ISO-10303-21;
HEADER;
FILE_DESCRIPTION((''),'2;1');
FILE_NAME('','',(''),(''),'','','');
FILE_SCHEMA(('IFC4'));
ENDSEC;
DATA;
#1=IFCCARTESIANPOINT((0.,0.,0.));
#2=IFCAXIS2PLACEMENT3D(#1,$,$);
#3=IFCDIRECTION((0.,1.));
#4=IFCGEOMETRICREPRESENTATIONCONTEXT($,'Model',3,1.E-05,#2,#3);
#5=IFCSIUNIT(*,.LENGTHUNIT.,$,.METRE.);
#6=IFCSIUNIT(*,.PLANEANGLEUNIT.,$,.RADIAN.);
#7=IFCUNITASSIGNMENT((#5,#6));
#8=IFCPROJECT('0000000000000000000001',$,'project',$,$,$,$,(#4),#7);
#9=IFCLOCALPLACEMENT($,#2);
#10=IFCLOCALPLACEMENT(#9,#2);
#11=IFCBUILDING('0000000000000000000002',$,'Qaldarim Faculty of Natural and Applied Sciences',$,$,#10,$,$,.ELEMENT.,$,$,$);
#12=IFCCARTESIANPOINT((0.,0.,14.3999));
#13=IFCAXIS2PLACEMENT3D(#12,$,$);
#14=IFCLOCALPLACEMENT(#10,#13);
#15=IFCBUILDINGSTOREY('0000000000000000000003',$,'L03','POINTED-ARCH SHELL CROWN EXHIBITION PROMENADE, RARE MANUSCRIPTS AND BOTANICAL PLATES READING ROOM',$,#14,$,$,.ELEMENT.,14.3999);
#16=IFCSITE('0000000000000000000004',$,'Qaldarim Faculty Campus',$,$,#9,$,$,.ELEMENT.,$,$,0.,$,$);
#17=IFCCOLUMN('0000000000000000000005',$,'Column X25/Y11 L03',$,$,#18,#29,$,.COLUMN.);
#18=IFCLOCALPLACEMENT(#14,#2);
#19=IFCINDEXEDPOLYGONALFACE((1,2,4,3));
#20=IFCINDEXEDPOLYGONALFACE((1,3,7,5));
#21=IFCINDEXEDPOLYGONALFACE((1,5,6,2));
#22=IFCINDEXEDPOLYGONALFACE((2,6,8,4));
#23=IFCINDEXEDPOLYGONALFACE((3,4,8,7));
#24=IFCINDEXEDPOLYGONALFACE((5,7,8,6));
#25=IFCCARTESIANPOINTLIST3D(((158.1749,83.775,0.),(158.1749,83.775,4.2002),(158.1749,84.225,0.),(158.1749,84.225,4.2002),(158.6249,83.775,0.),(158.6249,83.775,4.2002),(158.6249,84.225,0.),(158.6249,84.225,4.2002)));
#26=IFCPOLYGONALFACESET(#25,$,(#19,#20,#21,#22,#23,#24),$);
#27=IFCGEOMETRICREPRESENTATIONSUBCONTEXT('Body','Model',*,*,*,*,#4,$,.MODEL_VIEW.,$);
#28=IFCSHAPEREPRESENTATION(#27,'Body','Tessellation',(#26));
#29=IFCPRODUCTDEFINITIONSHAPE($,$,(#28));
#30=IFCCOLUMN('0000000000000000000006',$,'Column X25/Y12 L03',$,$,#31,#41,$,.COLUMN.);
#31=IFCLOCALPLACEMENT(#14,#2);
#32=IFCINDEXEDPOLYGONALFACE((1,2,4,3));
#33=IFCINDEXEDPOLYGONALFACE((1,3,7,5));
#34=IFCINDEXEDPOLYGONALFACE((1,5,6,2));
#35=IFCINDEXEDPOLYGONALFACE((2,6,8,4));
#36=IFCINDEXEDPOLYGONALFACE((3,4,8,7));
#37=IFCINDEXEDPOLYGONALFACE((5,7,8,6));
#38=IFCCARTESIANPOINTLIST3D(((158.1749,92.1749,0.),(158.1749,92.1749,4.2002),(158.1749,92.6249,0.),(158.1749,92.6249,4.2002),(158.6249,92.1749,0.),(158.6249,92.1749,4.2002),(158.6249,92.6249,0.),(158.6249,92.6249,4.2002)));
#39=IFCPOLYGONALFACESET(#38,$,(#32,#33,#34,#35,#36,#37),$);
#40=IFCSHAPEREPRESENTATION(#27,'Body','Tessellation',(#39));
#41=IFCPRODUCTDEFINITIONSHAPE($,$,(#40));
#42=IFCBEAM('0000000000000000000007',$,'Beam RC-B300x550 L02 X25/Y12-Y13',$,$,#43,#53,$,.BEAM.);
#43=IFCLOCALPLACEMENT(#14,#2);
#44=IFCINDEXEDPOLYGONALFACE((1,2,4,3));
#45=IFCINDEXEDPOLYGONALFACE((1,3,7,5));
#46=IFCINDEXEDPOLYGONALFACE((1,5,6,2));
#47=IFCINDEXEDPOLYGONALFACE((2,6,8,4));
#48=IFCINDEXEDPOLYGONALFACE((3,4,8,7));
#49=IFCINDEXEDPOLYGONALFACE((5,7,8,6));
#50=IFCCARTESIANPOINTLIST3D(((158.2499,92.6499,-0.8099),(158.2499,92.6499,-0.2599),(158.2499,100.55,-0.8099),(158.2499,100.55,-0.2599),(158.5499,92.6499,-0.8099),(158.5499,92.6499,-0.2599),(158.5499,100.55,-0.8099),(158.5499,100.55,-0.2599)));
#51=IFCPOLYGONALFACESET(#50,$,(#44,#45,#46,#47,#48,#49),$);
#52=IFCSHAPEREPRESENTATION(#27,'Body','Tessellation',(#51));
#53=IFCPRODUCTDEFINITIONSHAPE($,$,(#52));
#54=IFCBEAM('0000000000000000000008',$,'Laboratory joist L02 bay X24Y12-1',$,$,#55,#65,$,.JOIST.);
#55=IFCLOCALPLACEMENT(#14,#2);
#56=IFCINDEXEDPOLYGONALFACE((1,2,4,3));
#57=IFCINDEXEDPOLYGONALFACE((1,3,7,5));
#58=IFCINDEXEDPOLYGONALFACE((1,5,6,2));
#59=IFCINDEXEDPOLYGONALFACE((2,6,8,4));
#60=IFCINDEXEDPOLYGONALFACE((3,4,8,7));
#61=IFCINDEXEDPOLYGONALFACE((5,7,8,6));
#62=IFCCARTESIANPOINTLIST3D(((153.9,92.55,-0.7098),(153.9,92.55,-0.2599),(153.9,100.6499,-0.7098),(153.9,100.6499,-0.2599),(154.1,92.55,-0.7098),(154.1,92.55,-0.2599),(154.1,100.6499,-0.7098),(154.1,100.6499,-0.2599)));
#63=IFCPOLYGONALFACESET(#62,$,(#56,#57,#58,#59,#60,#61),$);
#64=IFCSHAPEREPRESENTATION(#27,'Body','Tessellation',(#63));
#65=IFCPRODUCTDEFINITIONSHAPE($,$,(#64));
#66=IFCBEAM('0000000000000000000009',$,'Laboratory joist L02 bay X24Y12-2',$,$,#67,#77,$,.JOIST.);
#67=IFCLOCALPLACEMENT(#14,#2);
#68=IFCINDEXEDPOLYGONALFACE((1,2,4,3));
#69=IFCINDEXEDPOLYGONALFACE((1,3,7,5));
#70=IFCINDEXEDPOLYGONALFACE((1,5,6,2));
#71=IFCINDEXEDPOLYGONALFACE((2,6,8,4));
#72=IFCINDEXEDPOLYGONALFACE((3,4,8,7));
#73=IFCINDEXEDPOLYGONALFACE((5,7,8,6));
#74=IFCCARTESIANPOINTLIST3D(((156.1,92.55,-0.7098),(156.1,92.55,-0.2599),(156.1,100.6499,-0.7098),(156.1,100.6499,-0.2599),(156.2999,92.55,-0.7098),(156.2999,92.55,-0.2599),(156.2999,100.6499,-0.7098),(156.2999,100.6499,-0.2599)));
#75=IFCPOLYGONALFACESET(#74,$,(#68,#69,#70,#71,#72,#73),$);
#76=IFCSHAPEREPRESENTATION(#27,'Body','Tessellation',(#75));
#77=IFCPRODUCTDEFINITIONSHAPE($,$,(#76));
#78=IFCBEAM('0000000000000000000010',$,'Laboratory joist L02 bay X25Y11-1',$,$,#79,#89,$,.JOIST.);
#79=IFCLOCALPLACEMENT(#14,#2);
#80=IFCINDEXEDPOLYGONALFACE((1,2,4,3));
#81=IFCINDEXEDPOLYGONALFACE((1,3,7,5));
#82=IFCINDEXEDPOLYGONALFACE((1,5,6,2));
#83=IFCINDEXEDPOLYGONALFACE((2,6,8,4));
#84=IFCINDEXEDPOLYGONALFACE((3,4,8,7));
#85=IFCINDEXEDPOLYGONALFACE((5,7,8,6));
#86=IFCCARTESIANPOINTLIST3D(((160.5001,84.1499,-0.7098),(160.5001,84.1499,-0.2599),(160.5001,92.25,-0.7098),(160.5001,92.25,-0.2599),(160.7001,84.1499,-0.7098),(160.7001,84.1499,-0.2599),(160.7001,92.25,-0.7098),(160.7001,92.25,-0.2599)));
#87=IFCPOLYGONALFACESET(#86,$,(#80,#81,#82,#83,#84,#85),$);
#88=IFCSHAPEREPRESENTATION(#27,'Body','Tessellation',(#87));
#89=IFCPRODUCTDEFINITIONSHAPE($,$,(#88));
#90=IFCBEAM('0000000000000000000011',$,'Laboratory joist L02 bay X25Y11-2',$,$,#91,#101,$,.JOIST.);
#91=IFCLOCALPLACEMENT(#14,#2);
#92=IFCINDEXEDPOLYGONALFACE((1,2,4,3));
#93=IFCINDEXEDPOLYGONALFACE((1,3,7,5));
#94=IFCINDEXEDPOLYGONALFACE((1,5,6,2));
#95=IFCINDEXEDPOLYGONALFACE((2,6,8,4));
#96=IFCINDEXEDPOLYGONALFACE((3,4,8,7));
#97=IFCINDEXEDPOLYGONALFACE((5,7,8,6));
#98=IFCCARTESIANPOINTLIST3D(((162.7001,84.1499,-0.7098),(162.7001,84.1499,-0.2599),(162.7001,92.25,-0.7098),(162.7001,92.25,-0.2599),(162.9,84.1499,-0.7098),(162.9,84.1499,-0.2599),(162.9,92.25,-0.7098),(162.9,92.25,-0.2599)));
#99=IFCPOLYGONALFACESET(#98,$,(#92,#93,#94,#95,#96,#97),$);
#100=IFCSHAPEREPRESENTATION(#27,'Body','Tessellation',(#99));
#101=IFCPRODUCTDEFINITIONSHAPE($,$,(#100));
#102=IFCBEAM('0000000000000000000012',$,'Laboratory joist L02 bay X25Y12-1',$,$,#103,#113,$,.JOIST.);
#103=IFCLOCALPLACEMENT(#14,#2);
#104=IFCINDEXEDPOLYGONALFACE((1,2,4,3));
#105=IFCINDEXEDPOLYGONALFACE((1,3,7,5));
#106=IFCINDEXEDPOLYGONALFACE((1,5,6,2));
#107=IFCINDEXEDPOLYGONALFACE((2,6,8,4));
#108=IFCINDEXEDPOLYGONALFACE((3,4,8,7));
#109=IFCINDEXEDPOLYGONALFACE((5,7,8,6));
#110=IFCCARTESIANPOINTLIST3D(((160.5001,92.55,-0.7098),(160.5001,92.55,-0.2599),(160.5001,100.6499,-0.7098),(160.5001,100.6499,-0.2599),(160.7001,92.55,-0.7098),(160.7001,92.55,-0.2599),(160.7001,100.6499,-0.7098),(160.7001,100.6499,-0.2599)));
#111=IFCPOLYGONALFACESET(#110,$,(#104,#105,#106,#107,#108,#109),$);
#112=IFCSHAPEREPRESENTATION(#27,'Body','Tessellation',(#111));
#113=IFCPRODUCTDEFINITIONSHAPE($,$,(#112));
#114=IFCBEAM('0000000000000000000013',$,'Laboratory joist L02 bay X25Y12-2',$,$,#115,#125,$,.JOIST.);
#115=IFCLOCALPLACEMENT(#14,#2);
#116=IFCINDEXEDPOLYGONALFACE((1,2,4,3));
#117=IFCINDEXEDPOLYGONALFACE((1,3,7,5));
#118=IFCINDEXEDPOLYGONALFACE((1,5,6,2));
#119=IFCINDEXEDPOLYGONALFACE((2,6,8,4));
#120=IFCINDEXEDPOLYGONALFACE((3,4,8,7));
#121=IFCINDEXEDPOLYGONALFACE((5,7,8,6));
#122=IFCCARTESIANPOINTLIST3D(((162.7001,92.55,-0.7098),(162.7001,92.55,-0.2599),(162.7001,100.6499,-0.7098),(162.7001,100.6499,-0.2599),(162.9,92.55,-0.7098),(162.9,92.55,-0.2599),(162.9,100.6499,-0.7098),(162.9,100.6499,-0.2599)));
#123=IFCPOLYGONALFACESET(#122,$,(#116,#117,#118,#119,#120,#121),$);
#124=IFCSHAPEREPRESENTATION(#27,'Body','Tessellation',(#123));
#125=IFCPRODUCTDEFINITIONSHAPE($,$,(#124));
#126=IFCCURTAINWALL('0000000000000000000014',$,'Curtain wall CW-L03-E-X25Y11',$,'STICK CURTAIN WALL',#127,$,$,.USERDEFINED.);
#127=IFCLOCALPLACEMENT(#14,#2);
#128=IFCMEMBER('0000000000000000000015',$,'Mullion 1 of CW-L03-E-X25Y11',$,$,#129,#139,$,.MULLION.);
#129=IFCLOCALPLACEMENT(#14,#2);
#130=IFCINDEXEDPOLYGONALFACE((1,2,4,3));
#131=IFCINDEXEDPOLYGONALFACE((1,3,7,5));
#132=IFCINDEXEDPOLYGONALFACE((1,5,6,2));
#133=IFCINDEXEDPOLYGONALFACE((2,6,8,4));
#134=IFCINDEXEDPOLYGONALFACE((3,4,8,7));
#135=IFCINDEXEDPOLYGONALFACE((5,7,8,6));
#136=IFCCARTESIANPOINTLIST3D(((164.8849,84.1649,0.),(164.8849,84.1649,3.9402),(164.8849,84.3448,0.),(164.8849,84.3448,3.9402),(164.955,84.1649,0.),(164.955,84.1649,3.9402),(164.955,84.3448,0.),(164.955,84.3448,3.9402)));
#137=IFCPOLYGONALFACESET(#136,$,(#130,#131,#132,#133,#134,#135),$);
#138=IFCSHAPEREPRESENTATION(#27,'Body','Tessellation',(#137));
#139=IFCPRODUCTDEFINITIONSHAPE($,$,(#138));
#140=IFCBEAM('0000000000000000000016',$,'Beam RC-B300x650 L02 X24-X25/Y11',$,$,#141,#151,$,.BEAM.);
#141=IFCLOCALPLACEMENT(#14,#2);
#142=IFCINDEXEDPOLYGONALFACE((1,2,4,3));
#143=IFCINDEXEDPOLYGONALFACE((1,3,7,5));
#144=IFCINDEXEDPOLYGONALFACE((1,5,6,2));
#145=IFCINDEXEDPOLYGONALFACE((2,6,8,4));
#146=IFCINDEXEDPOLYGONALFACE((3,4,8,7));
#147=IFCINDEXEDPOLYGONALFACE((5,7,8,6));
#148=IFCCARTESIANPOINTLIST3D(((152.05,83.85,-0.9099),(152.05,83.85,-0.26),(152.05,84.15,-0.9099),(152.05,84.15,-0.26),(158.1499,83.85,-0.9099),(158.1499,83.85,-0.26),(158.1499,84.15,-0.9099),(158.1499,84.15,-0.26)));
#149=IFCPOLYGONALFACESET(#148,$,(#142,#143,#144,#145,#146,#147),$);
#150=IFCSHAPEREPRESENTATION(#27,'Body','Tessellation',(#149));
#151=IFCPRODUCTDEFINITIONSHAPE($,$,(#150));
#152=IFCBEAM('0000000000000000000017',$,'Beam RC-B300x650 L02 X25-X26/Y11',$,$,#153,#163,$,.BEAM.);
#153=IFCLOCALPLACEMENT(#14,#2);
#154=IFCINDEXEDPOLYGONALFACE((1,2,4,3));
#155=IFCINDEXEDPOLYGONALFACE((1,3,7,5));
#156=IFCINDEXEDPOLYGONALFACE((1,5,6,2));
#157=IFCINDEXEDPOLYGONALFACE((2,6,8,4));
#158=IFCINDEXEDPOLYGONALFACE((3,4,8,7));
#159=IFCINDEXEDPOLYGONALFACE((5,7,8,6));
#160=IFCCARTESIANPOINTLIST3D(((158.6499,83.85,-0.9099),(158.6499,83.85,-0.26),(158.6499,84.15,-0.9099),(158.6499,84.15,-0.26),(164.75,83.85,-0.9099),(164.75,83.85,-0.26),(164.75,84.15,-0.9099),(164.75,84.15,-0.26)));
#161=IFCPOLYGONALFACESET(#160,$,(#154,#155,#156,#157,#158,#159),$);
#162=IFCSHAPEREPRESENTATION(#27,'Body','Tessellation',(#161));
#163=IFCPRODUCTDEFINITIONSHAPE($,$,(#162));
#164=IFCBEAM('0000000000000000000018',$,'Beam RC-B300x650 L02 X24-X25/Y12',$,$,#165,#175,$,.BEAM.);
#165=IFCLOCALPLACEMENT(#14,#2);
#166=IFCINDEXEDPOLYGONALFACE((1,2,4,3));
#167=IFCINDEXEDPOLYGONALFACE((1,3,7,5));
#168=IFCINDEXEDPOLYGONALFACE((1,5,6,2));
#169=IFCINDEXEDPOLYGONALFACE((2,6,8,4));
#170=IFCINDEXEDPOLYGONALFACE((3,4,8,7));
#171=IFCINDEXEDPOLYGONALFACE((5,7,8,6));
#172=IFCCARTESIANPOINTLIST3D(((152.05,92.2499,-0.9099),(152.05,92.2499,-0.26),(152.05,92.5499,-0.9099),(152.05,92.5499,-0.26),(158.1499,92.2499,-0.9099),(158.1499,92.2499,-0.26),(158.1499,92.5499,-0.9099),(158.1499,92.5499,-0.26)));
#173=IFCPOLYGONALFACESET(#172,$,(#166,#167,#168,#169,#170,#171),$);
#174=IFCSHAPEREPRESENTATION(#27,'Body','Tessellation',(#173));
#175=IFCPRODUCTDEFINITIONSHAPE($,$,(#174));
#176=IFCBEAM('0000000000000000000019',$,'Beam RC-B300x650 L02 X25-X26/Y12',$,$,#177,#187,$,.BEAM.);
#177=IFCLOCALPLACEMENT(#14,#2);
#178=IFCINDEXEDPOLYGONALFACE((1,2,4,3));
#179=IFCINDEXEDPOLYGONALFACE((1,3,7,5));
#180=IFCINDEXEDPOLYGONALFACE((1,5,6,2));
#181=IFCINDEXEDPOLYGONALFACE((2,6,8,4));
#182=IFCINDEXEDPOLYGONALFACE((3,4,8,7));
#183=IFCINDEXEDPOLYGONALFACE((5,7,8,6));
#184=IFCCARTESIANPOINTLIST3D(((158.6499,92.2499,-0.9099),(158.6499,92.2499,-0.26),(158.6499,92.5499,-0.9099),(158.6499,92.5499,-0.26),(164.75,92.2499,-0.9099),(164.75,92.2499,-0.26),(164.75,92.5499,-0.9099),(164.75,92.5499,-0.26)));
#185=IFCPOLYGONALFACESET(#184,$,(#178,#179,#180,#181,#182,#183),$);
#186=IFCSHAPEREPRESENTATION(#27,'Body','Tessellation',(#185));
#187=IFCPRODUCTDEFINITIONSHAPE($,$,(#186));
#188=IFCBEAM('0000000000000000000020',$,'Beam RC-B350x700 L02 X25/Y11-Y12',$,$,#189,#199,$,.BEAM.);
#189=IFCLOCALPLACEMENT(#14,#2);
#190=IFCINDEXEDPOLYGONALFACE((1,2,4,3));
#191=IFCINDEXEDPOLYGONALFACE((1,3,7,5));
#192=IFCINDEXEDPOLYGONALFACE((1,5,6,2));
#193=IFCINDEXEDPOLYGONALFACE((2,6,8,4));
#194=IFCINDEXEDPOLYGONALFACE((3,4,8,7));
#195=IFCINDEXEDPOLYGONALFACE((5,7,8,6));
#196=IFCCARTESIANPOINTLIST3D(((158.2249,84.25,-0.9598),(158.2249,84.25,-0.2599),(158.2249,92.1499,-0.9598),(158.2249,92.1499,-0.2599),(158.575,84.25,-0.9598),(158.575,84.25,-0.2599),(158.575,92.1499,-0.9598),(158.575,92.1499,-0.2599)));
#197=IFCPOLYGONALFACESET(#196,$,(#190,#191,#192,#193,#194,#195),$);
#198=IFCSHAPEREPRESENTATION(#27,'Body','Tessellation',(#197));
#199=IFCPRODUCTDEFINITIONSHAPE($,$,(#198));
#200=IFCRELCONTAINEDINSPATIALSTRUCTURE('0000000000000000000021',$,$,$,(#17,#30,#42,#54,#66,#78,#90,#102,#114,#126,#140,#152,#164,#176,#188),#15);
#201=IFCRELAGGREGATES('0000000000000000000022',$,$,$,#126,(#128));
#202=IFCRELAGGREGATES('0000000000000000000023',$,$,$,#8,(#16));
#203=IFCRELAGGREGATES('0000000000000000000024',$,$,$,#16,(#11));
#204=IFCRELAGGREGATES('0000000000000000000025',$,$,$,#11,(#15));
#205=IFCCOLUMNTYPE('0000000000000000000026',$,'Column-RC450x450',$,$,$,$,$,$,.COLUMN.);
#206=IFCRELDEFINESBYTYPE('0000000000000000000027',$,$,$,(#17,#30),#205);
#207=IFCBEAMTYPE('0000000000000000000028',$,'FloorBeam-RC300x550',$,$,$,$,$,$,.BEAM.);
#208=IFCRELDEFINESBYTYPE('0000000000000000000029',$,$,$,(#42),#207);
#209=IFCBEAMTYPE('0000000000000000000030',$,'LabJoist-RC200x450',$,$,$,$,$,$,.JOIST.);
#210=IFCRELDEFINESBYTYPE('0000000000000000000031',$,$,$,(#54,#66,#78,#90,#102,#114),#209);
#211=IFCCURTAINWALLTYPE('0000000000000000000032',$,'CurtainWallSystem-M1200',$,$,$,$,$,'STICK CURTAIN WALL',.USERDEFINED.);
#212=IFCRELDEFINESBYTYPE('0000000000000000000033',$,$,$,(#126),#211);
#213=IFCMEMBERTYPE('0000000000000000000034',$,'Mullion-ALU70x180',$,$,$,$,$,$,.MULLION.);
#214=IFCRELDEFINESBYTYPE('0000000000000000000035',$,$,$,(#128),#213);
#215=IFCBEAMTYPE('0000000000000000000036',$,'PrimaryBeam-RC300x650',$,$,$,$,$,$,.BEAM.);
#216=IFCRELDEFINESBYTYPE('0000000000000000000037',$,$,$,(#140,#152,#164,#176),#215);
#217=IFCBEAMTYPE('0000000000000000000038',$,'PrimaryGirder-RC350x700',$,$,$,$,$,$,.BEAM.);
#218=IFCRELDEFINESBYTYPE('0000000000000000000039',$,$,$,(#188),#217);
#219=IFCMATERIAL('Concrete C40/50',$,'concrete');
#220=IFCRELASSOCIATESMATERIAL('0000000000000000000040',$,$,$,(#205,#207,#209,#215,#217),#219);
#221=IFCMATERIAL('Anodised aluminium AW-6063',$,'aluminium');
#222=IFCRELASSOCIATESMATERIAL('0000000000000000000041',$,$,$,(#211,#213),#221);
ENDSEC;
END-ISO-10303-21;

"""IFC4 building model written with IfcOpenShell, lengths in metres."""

from ifc_helpers import new_model, si_unit, direction, frame, origin, origin_2d, place, context, subcontext, project, spatial, rectangle, extrude, material, material_profile, profile_set, type_object, element, aggregate, save


model = new_model("IFC4")

# Units and contexts
model_context = context("Model", 3, precision=1e-05, world=origin(), true_north=direction((0.0, 1.0)))
body_context = subcontext(model_context, "Body", "Model", "MODEL_VIEW")
ifc_project = project(units=[si_unit("LENGTHUNIT", "METRE"), si_unit("PLANEANGLEUNIT", "RADIAN")], contexts=[model_context])

# Site, building, storey
site_placement = place(None, origin())
site = spatial("IfcSite", under=ifc_project, at=site_placement, Name="Qaldarim Faculty Campus", CompositionType="ELEMENT", RefElevation=0.0)
building_placement = place(site_placement, origin())
building = spatial("IfcBuilding", under=site, at=building_placement, Name="Qaldarim Faculty of Natural and Applied Sciences", CompositionType="ELEMENT")
storey_placement = place(building_placement, frame((0.0, 0.0, 14.3999)))
storey = spatial("IfcBuildingStorey", under=building, at=storey_placement, Name="L03", Description="POINTED-ARCH SHELL CROWN EXHIBITION PROMENADE, RARE MANUSCRIPTS AND BOTANICAL PLATES READING ROOM", CompositionType="ELEMENT", Elevation=14.3999)

# Columns
ifc_material_1 = material(Name="Concrete C40/50", Category="concrete")
ifc_material_profile_1 = material_profile(ifc_material_1, rectangle(XDim=0.45, YDim=0.45, at=origin_2d()), Name="RC-C450x450")
ifc_profile_set_1 = profile_set([ifc_material_profile_1], Name="Concrete C40/50")
column_type = type_object("IfcColumnType", Name="Column-RC450x450", PredefinedType="COLUMN", material=ifc_profile_set_1)
for number, where, z_axis, x_axis, name in (
    (1, (158.3999, 84.0, 0.0), (0.0, 0.0, 1.0), (1.0, 0.0, 0.0), "Column X25/Y11 L03"),
    (2, (158.3999, 92.3999, 0.0), (0.0, 0.0, 1.0), (1.0, 0.0, 0.0), "Column X25/Y12 L03"),
):
    element("IfcColumn", number, at=place(storey_placement, frame(where, z_axis=z_axis, x_axis=x_axis)), inside=storey, type_object=column_type, Name=name, PredefinedType="COLUMN", context=body_context, shape_type="SweptSolid", body=[
        extrude(rectangle(XDim=0.45, YDim=0.45, at=origin_2d()), origin(), (0.0, 0.0, 1.0), 4.2002),
    ])

# Beams
ifc_material_profile_2 = material_profile(ifc_material_1, rectangle(XDim=0.3, YDim=0.55, at=origin_2d()), Name="RC-B300x550")
ifc_profile_set_2 = profile_set([ifc_material_profile_2], Name="Concrete C40/50")
beam_type_1 = type_object("IfcBeamType", Name="FloorBeam-RC300x550", PredefinedType="BEAM", material=ifc_profile_set_2)
beam_1_placement = place(storey_placement, frame((158.3999, 92.6499, -0.5349), z_axis=(0.0, 1.0, 0.0), x_axis=(-1.0, 0.0, 0.0)))
element("IfcBeam", 3, at=beam_1_placement, inside=storey, type_object=beam_type_1, Name="Beam RC-B300x550 L02 X25/Y12-Y13", PredefinedType="BEAM", context=body_context, shape_type="SweptSolid", body=[
    extrude(rectangle(XDim=0.3, YDim=0.55, at=origin_2d()), origin(), (0.0, 0.0, 1.0), 7.9001),
])
ifc_material_profile_3 = material_profile(ifc_material_1, rectangle(XDim=0.2, YDim=0.45, at=origin_2d()), Name="RC-J200x450")
ifc_profile_set_3 = profile_set([ifc_material_profile_3], Name="Concrete C40/50")
beam_type_2 = type_object("IfcBeamType", Name="LabJoist-RC200x450", PredefinedType="JOIST", material=ifc_profile_set_3)
for number, where, z_axis, x_axis, name in (
    (4, (154.0, 92.55, -0.4849), (0.0, 1.0, 0.0), (-1.0, 0.0, 0.0), "Laboratory joist L02 bay X24Y12-1"),
    (5, (156.2, 92.55, -0.4849), (0.0, 1.0, 0.0), (-1.0, 0.0, 0.0), "Laboratory joist L02 bay X24Y12-2"),
):
    element("IfcBeam", number, at=place(storey_placement, frame(where, z_axis=z_axis, x_axis=x_axis)), inside=storey, type_object=beam_type_2, Name=name, PredefinedType="JOIST", context=body_context, shape_type="SweptSolid", body=[
        extrude(rectangle(XDim=0.2, YDim=0.45, at=origin_2d()), origin(), (0.0, 0.0, 1.0), 8.0999),
    ])
for number, where, z_axis, x_axis, name in (
    (6, (160.6001, 84.1499, -0.4849), (0.0, 1.0, 0.0), (-1.0, 0.0, 0.0), "Laboratory joist L02 bay X25Y11-1"),
    (7, (162.8, 84.1499, -0.4849), (0.0, 1.0, 0.0), (-1.0, 0.0, 0.0), "Laboratory joist L02 bay X25Y11-2"),
):
    element("IfcBeam", number, at=place(storey_placement, frame(where, z_axis=z_axis, x_axis=x_axis)), inside=storey, type_object=beam_type_2, Name=name, PredefinedType="JOIST", context=body_context, shape_type="SweptSolid", body=[
        extrude(rectangle(XDim=0.2, YDim=0.45, at=origin_2d()), origin(), (0.0, 0.0, 1.0), 8.1001),
    ])
for number, where, z_axis, x_axis, name in (
    (8, (160.6001, 92.55, -0.4849), (0.0, 1.0, 0.0), (-1.0, 0.0, 0.0), "Laboratory joist L02 bay X25Y12-1"),
    (9, (162.8, 92.55, -0.4849), (0.0, 1.0, 0.0), (-1.0, 0.0, 0.0), "Laboratory joist L02 bay X25Y12-2"),
):
    element("IfcBeam", number, at=place(storey_placement, frame(where, z_axis=z_axis, x_axis=x_axis)), inside=storey, type_object=beam_type_2, Name=name, PredefinedType="JOIST", context=body_context, shape_type="SweptSolid", body=[
        extrude(rectangle(XDim=0.2, YDim=0.45, at=origin_2d()), origin(), (0.0, 0.0, 1.0), 8.0999),
    ])

# Curtain wall, member
ifc_material_2 = material(Name="Anodised aluminium AW-6063", Category="aluminium")
curtain_wall_type = type_object("IfcCurtainWallType", Name="CurtainWallSystem-M1200", ElementType="STICK CURTAIN WALL", PredefinedType="USERDEFINED", material=ifc_material_2)
curtain_wall_placement = place(storey_placement, origin())
curtain_wall = element("IfcCurtainWall", 10, at=curtain_wall_placement, inside=storey, type_object=curtain_wall_type, Name="Curtain wall CW-L03-E-X25Y11", ObjectType="STICK CURTAIN WALL", PredefinedType="USERDEFINED")
ifc_material_profile_4 = material_profile(ifc_material_2, rectangle(XDim=0.0701, YDim=0.1799, at=origin_2d()), Name="ALU-M70x180")
ifc_profile_set_4 = profile_set([ifc_material_profile_4], Name="Anodised aluminium AW-6063")
member_type = type_object("IfcMemberType", Name="Mullion-ALU70x180", PredefinedType="MULLION", material=ifc_profile_set_4)
member_placement = place(storey_placement, frame((164.9199, 84.2549, 0.0), z_axis=(0.0, 0.0, 1.0), x_axis=(-1.0, 0.0, 0.0)))
member = element("IfcMember", 11, at=member_placement, type_object=member_type, Name="Mullion 1 of CW-L03-E-X25Y11", PredefinedType="MULLION", context=body_context, shape_type="SweptSolid", body=[
    extrude(rectangle(XDim=0.0701, YDim=0.1799, at=origin_2d()), origin(), (0.0, 0.0, 1.0), 3.9402),
])
aggregate(curtain_wall, [member])

# Beams
ifc_material_profile_5 = material_profile(ifc_material_1, rectangle(XDim=0.3, YDim=0.6499, at=origin_2d()), Name="RC-B300x650")
ifc_profile_set_5 = profile_set([ifc_material_profile_5], Name="Concrete C40/50")
beam_type_3 = type_object("IfcBeamType", Name="PrimaryBeam-RC300x650", PredefinedType="BEAM", material=ifc_profile_set_5)
beam_2_placement = place(storey_placement, frame((152.05, 84.0, -0.585), z_axis=(1.0, 0.0, 0.0), x_axis=(0.0, 1.0, 0.0)))
element("IfcBeam", 12, at=beam_2_placement, inside=storey, type_object=beam_type_3, Name="Beam RC-B300x650 L02 X24-X25/Y11", PredefinedType="BEAM", context=body_context, shape_type="SweptSolid", body=[
    extrude(rectangle(XDim=0.3, YDim=0.6499, at=origin_2d()), origin(), (0.0, 0.0, 1.0), 6.0999),
])
beam_3_placement = place(storey_placement, frame((158.6499, 84.0, -0.585), z_axis=(1.0, 0.0, 0.0), x_axis=(0.0, 1.0, 0.0)))
element("IfcBeam", 13, at=beam_3_placement, inside=storey, type_object=beam_type_3, Name="Beam RC-B300x650 L02 X25-X26/Y11", PredefinedType="BEAM", context=body_context, shape_type="SweptSolid", body=[
    extrude(rectangle(XDim=0.3, YDim=0.6499, at=origin_2d()), origin(), (0.0, 0.0, 1.0), 6.1001),
])
beam_4_placement = place(storey_placement, frame((152.05, 92.3999, -0.585), z_axis=(1.0, 0.0, 0.0), x_axis=(0.0, 1.0, 0.0)))
element("IfcBeam", 14, at=beam_4_placement, inside=storey, type_object=beam_type_3, Name="Beam RC-B300x650 L02 X24-X25/Y12", PredefinedType="BEAM", context=body_context, shape_type="SweptSolid", body=[
    extrude(rectangle(XDim=0.3, YDim=0.6499, at=origin_2d()), origin(), (0.0, 0.0, 1.0), 6.0999),
])
beam_5_placement = place(storey_placement, frame((158.6499, 92.3999, -0.585), z_axis=(1.0, 0.0, 0.0), x_axis=(0.0, 1.0, 0.0)))
element("IfcBeam", 15, at=beam_5_placement, inside=storey, type_object=beam_type_3, Name="Beam RC-B300x650 L02 X25-X26/Y12", PredefinedType="BEAM", context=body_context, shape_type="SweptSolid", body=[
    extrude(rectangle(XDim=0.3, YDim=0.6499, at=origin_2d()), origin(), (0.0, 0.0, 1.0), 6.1001),
])
ifc_material_profile_6 = material_profile(ifc_material_1, rectangle(XDim=0.3501, YDim=0.7, at=origin_2d()), Name="RC-B350x700")
ifc_profile_set_6 = profile_set([ifc_material_profile_6], Name="Concrete C40/50")
beam_type_4 = type_object("IfcBeamType", Name="PrimaryGirder-RC350x700", PredefinedType="BEAM", material=ifc_profile_set_6)
beam_6_placement = place(storey_placement, frame((158.3999, 84.25, -0.6099), z_axis=(0.0, 1.0, 0.0), x_axis=(-1.0, 0.0, 0.0)))
element("IfcBeam", 16, at=beam_6_placement, inside=storey, type_object=beam_type_4, Name="Beam RC-B350x700 L02 X25/Y11-Y12", PredefinedType="BEAM", context=body_context, shape_type="SweptSolid", body=[
    extrude(rectangle(XDim=0.3501, YDim=0.7, at=origin_2d()), origin(), (0.0, 0.0, 1.0), 7.8999),
])

save(model, "model.ifc")
